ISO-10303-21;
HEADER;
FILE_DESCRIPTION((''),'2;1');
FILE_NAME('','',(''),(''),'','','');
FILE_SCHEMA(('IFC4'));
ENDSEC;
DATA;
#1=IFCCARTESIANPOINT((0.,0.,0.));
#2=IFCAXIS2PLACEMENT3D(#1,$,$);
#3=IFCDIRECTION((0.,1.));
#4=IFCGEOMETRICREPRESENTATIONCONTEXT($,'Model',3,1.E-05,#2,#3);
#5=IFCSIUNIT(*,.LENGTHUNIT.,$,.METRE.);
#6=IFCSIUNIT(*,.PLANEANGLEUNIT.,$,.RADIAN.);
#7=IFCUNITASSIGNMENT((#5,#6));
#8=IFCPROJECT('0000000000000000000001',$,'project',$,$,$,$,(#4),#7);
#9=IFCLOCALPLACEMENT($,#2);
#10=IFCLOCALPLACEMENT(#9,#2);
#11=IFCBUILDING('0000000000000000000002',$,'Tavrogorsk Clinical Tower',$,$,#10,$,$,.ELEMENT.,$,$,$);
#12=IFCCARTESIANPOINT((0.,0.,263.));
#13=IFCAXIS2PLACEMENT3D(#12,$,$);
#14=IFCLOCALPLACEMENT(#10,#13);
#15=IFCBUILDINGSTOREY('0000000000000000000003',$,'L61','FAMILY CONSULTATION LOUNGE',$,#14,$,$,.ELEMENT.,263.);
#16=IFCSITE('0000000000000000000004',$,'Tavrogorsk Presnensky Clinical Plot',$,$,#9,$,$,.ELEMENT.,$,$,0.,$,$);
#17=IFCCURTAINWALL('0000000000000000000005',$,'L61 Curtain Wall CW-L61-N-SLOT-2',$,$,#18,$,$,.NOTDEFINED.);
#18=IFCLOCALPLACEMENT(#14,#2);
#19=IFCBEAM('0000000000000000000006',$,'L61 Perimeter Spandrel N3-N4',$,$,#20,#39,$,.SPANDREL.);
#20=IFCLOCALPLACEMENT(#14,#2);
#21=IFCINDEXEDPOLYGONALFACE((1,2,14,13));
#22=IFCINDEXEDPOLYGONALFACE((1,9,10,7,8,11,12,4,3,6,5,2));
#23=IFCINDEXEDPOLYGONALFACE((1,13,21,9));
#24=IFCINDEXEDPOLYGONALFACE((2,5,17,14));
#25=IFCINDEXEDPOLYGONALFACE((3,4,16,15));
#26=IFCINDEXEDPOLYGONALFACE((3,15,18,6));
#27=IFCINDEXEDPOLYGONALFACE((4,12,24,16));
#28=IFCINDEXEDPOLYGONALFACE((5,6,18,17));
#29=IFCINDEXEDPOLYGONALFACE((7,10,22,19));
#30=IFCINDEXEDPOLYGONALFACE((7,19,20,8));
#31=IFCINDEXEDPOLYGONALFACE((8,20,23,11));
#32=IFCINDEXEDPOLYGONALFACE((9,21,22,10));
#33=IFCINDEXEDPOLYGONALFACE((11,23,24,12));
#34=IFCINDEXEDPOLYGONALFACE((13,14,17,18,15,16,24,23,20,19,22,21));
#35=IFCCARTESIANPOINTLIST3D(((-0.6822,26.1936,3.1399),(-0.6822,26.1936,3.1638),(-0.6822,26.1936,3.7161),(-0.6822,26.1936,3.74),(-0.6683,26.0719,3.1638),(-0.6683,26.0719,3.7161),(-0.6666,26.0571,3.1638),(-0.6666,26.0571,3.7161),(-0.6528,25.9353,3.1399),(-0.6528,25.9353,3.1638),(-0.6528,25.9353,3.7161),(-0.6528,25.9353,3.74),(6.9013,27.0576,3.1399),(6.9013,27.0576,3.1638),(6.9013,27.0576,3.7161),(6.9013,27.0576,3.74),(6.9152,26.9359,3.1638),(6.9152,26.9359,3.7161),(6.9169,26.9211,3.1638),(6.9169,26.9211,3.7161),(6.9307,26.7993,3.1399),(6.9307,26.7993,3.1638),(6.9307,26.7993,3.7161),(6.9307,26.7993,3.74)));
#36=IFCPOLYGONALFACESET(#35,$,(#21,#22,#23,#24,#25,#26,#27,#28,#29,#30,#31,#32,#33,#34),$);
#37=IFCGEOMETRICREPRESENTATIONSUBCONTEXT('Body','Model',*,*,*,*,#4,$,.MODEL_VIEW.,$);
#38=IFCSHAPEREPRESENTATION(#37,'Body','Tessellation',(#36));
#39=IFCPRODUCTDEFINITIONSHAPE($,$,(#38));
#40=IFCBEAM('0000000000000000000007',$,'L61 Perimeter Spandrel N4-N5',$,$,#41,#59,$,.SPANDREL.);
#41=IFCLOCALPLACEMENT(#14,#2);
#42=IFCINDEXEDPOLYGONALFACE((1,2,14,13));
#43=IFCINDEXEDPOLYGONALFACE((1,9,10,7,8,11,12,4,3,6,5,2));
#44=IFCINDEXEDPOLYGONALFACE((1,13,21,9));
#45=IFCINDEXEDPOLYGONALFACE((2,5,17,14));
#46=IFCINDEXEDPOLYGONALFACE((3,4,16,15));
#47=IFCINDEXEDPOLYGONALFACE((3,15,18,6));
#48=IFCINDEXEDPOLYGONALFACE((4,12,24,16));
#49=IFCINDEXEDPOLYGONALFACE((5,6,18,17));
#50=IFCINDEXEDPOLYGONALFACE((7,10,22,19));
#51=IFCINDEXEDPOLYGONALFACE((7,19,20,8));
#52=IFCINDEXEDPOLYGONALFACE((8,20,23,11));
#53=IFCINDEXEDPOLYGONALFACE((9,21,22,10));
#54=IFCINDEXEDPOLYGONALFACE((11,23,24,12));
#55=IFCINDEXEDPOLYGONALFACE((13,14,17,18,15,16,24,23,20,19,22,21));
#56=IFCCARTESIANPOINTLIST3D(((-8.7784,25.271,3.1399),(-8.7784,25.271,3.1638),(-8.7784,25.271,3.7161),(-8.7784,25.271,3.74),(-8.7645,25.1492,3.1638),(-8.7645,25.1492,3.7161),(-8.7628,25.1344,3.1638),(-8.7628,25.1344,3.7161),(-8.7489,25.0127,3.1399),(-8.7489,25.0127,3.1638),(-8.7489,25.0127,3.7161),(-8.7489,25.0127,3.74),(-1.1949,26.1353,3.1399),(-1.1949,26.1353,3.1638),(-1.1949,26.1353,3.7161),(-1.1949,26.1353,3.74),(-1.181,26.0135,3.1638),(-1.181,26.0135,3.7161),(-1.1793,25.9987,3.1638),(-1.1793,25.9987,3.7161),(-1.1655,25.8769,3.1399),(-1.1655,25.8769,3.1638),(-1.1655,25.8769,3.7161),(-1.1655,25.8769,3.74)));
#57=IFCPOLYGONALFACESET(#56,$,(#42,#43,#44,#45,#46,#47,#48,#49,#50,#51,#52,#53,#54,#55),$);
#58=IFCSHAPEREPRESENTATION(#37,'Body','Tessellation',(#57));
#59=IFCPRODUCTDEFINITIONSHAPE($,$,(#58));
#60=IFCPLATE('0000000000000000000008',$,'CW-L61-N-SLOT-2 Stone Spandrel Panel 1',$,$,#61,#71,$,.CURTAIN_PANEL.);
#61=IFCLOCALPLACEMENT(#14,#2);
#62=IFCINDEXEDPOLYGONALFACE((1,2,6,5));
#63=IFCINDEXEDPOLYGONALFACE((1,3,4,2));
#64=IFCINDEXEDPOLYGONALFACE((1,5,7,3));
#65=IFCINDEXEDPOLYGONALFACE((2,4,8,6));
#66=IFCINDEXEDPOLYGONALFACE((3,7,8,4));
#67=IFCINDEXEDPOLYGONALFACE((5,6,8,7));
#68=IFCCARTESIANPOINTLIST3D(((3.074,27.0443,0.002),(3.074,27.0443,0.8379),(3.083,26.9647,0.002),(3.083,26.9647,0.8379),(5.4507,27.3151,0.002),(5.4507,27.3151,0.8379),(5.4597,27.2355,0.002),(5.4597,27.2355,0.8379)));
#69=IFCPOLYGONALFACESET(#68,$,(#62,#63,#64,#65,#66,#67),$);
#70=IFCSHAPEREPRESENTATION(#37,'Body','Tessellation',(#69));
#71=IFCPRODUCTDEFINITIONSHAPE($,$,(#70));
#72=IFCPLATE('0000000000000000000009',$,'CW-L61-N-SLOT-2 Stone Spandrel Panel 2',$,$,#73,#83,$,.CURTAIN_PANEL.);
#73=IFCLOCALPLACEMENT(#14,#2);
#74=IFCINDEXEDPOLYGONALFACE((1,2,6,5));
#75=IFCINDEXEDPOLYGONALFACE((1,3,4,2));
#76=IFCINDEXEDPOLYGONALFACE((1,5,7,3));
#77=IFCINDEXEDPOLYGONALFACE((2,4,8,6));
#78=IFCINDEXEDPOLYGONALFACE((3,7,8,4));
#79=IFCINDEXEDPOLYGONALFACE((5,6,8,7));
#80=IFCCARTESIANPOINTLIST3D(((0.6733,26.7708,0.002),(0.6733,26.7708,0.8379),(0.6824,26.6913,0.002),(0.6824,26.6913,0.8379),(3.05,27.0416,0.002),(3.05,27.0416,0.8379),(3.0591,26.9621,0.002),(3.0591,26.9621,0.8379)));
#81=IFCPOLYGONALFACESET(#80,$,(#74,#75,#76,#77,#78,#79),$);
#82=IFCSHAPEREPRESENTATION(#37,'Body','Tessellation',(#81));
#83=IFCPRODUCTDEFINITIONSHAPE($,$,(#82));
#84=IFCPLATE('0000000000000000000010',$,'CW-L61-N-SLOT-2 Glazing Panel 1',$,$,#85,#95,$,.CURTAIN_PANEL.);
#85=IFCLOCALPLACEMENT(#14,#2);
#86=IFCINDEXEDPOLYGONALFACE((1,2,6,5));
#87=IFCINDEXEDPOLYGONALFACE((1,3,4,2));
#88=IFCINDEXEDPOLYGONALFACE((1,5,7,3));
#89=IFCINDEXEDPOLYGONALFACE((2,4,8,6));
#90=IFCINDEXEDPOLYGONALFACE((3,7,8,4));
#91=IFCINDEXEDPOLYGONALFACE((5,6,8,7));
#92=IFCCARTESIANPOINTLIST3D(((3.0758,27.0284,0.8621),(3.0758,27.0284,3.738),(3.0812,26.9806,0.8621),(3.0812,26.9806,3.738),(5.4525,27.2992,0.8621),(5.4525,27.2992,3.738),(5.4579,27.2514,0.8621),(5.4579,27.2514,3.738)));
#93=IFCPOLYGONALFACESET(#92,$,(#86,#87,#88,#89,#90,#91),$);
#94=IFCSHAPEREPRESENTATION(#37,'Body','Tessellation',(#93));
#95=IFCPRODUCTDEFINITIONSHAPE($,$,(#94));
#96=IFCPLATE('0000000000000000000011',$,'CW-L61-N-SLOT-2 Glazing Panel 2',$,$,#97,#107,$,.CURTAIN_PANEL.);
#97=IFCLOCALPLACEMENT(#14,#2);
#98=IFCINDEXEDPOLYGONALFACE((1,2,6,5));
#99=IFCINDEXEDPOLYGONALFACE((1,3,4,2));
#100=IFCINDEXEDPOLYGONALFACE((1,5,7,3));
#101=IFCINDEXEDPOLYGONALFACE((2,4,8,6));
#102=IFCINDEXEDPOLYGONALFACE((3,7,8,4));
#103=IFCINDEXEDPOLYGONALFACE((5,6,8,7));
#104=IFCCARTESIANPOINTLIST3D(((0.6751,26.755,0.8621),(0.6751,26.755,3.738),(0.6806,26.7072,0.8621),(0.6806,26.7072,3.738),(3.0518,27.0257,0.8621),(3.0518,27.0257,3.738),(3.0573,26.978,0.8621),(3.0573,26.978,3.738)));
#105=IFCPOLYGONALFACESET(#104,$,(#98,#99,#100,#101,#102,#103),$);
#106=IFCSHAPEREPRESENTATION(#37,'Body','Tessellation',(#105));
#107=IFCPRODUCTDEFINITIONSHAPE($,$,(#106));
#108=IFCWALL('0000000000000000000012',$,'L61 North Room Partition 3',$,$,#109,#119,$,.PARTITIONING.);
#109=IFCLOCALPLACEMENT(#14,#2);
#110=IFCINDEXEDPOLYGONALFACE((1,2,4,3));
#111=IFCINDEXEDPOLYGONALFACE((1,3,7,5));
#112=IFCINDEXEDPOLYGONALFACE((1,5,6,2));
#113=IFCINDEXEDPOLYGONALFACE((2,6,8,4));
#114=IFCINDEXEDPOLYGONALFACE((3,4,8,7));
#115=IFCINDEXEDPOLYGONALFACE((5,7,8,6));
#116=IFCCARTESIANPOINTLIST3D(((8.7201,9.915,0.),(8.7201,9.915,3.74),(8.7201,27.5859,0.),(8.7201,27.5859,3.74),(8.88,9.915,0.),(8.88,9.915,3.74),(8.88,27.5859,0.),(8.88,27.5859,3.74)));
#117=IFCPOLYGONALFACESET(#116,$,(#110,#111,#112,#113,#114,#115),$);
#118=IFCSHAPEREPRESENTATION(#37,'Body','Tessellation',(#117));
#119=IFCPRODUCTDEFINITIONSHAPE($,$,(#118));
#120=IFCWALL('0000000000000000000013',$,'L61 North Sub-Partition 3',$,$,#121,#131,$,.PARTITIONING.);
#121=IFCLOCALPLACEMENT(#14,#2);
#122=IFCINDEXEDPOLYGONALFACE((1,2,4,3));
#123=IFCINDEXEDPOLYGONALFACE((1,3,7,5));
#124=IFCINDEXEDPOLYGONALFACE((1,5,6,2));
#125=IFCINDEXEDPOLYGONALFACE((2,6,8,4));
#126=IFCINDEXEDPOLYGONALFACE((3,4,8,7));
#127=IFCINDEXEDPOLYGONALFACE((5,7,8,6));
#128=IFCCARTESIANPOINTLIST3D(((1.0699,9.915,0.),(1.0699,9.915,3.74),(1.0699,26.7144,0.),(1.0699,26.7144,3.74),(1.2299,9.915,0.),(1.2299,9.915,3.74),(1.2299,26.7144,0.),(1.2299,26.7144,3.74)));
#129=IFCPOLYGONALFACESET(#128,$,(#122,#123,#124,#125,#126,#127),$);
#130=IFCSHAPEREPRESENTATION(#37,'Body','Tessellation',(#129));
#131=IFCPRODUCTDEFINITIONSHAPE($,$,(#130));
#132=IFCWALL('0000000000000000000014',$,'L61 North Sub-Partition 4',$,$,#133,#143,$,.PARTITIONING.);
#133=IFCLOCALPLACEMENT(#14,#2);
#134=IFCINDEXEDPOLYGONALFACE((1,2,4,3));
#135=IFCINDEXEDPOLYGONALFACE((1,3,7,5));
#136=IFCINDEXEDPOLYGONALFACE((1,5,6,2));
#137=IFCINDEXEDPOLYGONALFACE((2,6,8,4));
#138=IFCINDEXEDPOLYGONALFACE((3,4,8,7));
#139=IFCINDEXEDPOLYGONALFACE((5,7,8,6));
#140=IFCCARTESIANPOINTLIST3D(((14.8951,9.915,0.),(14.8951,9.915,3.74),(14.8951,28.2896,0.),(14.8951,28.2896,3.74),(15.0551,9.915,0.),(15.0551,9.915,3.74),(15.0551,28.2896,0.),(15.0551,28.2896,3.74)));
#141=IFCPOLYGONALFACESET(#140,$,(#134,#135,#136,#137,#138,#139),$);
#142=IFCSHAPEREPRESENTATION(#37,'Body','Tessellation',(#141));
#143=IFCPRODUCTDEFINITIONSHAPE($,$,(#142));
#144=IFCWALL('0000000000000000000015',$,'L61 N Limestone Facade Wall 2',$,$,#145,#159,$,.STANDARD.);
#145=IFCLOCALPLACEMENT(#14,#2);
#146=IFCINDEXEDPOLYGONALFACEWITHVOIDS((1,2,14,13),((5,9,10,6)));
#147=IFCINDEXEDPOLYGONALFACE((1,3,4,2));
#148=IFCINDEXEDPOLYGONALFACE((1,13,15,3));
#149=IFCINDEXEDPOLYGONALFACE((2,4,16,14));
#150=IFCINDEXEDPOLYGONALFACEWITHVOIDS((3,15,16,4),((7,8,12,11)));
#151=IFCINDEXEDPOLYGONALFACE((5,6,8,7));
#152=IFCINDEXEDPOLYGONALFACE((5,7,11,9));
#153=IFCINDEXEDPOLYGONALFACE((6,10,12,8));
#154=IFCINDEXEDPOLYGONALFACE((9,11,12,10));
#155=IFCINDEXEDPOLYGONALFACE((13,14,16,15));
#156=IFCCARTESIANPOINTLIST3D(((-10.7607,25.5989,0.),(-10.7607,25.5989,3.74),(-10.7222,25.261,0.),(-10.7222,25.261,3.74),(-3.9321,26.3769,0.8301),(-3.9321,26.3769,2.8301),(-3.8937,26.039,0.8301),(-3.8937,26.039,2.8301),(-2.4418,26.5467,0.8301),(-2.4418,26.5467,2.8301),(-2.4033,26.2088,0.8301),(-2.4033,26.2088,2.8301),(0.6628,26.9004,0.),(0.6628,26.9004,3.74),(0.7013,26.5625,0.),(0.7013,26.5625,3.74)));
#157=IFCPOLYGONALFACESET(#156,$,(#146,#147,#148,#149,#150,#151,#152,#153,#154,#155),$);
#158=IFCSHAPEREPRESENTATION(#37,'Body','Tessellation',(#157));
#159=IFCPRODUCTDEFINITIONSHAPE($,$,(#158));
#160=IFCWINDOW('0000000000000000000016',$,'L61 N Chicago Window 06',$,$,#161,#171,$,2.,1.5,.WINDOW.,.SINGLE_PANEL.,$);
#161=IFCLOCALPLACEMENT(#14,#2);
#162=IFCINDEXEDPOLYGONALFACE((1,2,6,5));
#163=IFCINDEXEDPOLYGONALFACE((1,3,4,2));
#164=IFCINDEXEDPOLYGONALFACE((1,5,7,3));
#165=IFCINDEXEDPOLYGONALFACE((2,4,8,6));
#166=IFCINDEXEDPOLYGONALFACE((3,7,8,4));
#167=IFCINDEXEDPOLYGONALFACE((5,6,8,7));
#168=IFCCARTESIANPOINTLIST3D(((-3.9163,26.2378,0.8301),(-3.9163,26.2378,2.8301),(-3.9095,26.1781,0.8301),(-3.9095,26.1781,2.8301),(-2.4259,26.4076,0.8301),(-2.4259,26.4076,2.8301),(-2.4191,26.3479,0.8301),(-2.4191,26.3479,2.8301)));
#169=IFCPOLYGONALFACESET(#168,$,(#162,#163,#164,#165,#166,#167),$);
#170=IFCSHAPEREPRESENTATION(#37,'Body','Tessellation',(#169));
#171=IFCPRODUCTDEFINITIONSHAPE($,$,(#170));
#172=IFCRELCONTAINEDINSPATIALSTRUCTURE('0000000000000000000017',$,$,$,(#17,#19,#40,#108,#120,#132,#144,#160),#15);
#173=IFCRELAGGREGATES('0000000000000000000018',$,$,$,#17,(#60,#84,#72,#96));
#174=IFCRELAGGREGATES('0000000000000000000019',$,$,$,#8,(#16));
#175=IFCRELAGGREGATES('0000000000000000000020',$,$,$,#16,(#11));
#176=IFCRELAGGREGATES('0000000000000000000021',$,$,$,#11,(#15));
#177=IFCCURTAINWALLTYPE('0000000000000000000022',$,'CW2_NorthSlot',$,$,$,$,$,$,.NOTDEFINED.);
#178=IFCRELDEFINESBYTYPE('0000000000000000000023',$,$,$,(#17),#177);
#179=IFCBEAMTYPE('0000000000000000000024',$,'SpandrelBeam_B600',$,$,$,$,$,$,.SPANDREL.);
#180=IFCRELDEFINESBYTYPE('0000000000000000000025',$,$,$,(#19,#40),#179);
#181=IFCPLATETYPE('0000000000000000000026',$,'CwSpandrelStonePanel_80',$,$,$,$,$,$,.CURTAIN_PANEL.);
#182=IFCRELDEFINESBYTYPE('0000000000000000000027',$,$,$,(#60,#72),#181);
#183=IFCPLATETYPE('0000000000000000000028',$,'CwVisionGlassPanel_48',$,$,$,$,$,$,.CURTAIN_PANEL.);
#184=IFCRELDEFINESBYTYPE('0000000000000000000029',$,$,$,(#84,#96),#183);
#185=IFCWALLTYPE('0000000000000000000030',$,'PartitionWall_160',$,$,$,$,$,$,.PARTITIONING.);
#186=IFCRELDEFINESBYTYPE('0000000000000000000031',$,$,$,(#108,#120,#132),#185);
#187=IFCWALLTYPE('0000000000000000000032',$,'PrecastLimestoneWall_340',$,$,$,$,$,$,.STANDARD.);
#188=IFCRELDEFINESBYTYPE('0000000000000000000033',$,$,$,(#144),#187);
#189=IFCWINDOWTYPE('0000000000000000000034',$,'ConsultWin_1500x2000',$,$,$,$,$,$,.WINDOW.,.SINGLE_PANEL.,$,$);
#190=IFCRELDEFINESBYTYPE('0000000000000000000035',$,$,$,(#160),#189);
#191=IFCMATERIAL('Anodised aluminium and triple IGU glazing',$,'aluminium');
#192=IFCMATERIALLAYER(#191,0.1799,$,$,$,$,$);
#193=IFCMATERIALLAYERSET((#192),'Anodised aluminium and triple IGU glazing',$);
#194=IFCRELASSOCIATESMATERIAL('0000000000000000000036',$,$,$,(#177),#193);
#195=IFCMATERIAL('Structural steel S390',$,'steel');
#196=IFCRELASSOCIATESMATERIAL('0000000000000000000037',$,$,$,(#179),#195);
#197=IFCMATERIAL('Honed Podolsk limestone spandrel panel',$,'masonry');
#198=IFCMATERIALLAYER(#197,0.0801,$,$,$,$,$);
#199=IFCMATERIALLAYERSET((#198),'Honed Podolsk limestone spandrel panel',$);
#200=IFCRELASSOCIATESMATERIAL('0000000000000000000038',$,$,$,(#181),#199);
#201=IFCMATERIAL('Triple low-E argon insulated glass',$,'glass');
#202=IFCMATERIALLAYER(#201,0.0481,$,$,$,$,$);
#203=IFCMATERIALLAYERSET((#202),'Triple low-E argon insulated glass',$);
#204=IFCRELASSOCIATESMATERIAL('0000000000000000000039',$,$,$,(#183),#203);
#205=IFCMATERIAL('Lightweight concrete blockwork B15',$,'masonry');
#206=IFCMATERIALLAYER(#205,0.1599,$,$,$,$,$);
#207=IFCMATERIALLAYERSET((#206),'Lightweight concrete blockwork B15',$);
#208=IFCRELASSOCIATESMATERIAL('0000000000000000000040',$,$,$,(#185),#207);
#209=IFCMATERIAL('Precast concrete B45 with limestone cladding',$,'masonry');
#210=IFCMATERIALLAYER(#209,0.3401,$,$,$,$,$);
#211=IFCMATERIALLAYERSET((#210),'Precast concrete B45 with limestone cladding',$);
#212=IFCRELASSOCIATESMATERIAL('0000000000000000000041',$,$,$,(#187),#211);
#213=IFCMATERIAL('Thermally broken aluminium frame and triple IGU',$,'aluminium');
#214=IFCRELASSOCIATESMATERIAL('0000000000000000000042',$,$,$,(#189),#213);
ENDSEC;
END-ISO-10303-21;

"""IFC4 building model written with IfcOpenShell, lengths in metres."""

from ifc_helpers import new_model, si_unit, direction, frame, frame_2d, origin, origin_2d, place, context, subcontext, project, spatial, rectangle, i_section, extrude, material, layer, layer_set, material_profile, profile_set, type_object, element, fill, aggregate, save


model = new_model("IFC4")

# Units and contexts
model_context = context("Model", 3, precision=1e-05, world=origin(), true_north=direction((0.0, 1.0)))
body_context = subcontext(model_context, "Body", "Model", "MODEL_VIEW")
ifc_project = project(units=[si_unit("LENGTHUNIT", "METRE"), si_unit("PLANEANGLEUNIT", "RADIAN")], contexts=[model_context])

# Site, building, storey
site_placement = place(None, origin())
site = spatial("IfcSite", under=ifc_project, at=site_placement, Name="Tavrogorsk Presnensky Clinical Plot", CompositionType="ELEMENT", RefElevation=0.0)
building_placement = place(site_placement, origin())
building = spatial("IfcBuilding", under=site, at=building_placement, Name="Tavrogorsk Clinical Tower", CompositionType="ELEMENT")
storey_placement = place(building_placement, frame((0.0, 0.0, 263.0)))
storey = spatial("IfcBuildingStorey", under=building, at=storey_placement, Name="L61", Description="FAMILY CONSULTATION LOUNGE", CompositionType="ELEMENT", Elevation=263.0)

# Curtain wall
ifc_material_1 = material(Name="Anodised aluminium and triple IGU glazing", Category="aluminium")
ifc_layer_1 = layer(ifc_material_1, 0.1799)
ifc_layer_set_1 = layer_set([ifc_layer_1], Name="Anodised aluminium and triple IGU glazing")
curtain_wall_type = type_object("IfcCurtainWallType", Name="CW2_NorthSlot", PredefinedType="NOTDEFINED", material=ifc_layer_set_1)
curtain_wall_placement = place(storey_placement, origin())
curtain_wall = element("IfcCurtainWall", 1, at=curtain_wall_placement, inside=storey, type_object=curtain_wall_type, Name="L61 Curtain Wall CW-L61-N-SLOT-2", PredefinedType="NOTDEFINED")

# Beams
ifc_material_2 = material(Name="Structural steel S390", Category="steel")
ifc_material_profile_1 = material_profile(ifc_material_2, i_section(OverallWidth=0.26, OverallDepth=0.6001, WebThickness=0.0149, FlangeThickness=0.0239, at=origin_2d()), Name="B-600x260x15x24")
ifc_profile_set_1 = profile_set([ifc_material_profile_1], Name="Structural steel S390")
beam_type = type_object("IfcBeamType", Name="SpandrelBeam_B600", PredefinedType="SPANDREL", material=ifc_profile_set_1)
for number, where, z_axis, x_axis, name in (
    (2, (6.916, 26.9285, 3.4399), (-0.993572, -0.113201, 0.0), (0.113201, -0.993572, 0.0), "L61 Perimeter Spandrel N3-N4"),
    (3, (-1.1802, 26.0061, 3.4399), (-0.993569, -0.113233, 0.0), (0.113233, -0.993569, 0.0), "L61 Perimeter Spandrel N4-N5"),
):
    element("IfcBeam", number, at=place(storey_placement, frame(where, z_axis=z_axis, x_axis=x_axis)), inside=storey, type_object=beam_type, Name=name, PredefinedType="SPANDREL", context=body_context, shape_type="SweptSolid", body=[
        extrude(i_section(OverallWidth=0.26, OverallDepth=0.6001, WebThickness=0.0149, FlangeThickness=0.0239, at=origin_2d()), origin(), (0.0, 0.0, 1.0), 7.6326),
    ])

# Plates
ifc_material_3 = material(Name="Honed Podolsk limestone spandrel panel", Category="masonry")
ifc_layer_2 = layer(ifc_material_3, 0.0801)
ifc_layer_set_2 = layer_set([ifc_layer_2], Name="Honed Podolsk limestone spandrel panel")
plate_type_1 = type_object("IfcPlateType", Name="CwSpandrelStonePanel_80", PredefinedType="CURTAIN_PANEL", material=ifc_layer_set_2)
plate_1_placement = place(storey_placement, frame((4.2668, 27.1399, 0.002), z_axis=(0.0, 0.0, 1.0), x_axis=(-0.993572, -0.113203, 0.0)))
plate_1 = element("IfcPlate", 4, at=plate_1_placement, type_object=plate_type_1, Name="CW-L61-N-SLOT-2 Stone Spandrel Panel 1", PredefinedType="CURTAIN_PANEL", context=body_context, shape_type="SweptSolid", body=[
    extrude(rectangle(XDim=2.3921, YDim=0.0801, at=origin_2d()), origin(), (0.0, 0.0, 1.0), 0.8359),
])
plate_2_placement = place(storey_placement, frame((1.8662, 26.8665, 0.002), z_axis=(0.0, 0.0, 1.0), x_axis=(-0.993572, -0.113203, 0.0)))
plate_2 = element("IfcPlate", 5, at=plate_2_placement, type_object=plate_type_1, Name="CW-L61-N-SLOT-2 Stone Spandrel Panel 2", PredefinedType="CURTAIN_PANEL", context=body_context, shape_type="SweptSolid", body=[
    extrude(rectangle(XDim=2.3921, YDim=0.0801, at=origin_2d()), origin(), (0.0, 0.0, 1.0), 0.8359),
])
ifc_material_4 = material(Name="Triple low-E argon insulated glass", Category="glass")
ifc_layer_3 = layer(ifc_material_4, 0.0481)
ifc_layer_set_3 = layer_set([ifc_layer_3], Name="Triple low-E argon insulated glass")
plate_type_2 = type_object("IfcPlateType", Name="CwVisionGlassPanel_48", PredefinedType="CURTAIN_PANEL", material=ifc_layer_set_3)
plate_3_placement = place(storey_placement, frame((4.2668, 27.1399, 0.8621), z_axis=(0.0, 0.0, 1.0), x_axis=(-0.993572, -0.113203, 0.0)))
plate_3 = element("IfcPlate", 6, at=plate_3_placement, type_object=plate_type_2, Name="CW-L61-N-SLOT-2 Glazing Panel 1", PredefinedType="CURTAIN_PANEL", context=body_context, shape_type="SweptSolid", body=[
    extrude(rectangle(XDim=2.3921, YDim=0.0481, at=origin_2d()), origin(), (0.0, 0.0, 1.0), 2.876),
])
plate_4_placement = place(storey_placement, frame((1.8662, 26.8665, 0.8621), z_axis=(0.0, 0.0, 1.0), x_axis=(-0.993572, -0.113203, 0.0)))
plate_4 = element("IfcPlate", 7, at=plate_4_placement, type_object=plate_type_2, Name="CW-L61-N-SLOT-2 Glazing Panel 2", PredefinedType="CURTAIN_PANEL", context=body_context, shape_type="SweptSolid", body=[
    extrude(rectangle(XDim=2.3921, YDim=0.0481, at=origin_2d()), origin(), (0.0, 0.0, 1.0), 2.876),
])
aggregate(curtain_wall, [plate_1, plate_3, plate_2, plate_4])

# Walls
ifc_material_5 = material(Name="Lightweight concrete blockwork B15", Category="masonry")
ifc_layer_4 = layer(ifc_material_5, 0.1599)
ifc_layer_set_4 = layer_set([ifc_layer_4], Name="Lightweight concrete blockwork B15")
wall_type_1 = type_object("IfcWallType", Name="PartitionWall_160", PredefinedType="PARTITIONING", material=ifc_layer_set_4)
wall_1_placement = place(storey_placement, frame((8.8, 9.915, 0.0), z_axis=(0.0, 0.0, 1.0), x_axis=(0.0, 1.0, 0.0)))
element("IfcWall", 8, at=wall_1_placement, inside=storey, type_object=wall_type_1, Name="L61 North Room Partition 3", PredefinedType="PARTITIONING", context=body_context, shape_type="SweptSolid", body=[
    extrude(rectangle(XDim=17.6709, YDim=0.1599, at=frame_2d((8.8354, 0.0))), origin(), (0.0, 0.0, 1.0), 3.74),
])
wall_2_placement = place(storey_placement, frame((1.1499, 9.915, 0.0), z_axis=(0.0, 0.0, 1.0), x_axis=(0.0, 1.0, 0.0)))
element("IfcWall", 9, at=wall_2_placement, inside=storey, type_object=wall_type_1, Name="L61 North Sub-Partition 3", PredefinedType="PARTITIONING", context=body_context, shape_type="SweptSolid", body=[
    extrude(rectangle(XDim=16.7993, YDim=0.1599, at=frame_2d((8.3997, 0.0))), origin(), (0.0, 0.0, 1.0), 3.74),
])
wall_3_placement = place(storey_placement, frame((14.9751, 9.915, 0.0), z_axis=(0.0, 0.0, 1.0), x_axis=(0.0, 1.0, 0.0)))
element("IfcWall", 10, at=wall_3_placement, inside=storey, type_object=wall_type_1, Name="L61 North Sub-Partition 4", PredefinedType="PARTITIONING", context=body_context, shape_type="SweptSolid", body=[
    extrude(rectangle(XDim=18.3745, YDim=0.1599, at=frame_2d((9.1873, 0.0))), origin(), (0.0, 0.0, 1.0), 3.74),
])

# Wall, opening, window
ifc_material_6 = material(Name="Precast concrete B45 with limestone cladding", Category="masonry")
ifc_layer_5 = layer(ifc_material_6, 0.3401)
ifc_layer_set_5 = layer_set([ifc_layer_5], Name="Precast concrete B45 with limestone cladding")
wall_type_2 = type_object("IfcWallType", Name="PrecastLimestoneWall_340", PredefinedType="STANDARD", material=ifc_layer_set_5)
wall_4_placement = place(storey_placement, frame((0.6819, 26.7314, 0.0), z_axis=(0.0, 0.0, 1.0), x_axis=(-0.993572, -0.113202, 0.0)))
wall_4 = element("IfcWall", 11, at=wall_4_placement, inside=storey, type_object=wall_type_2, Name="L61 N Limestone Facade Wall 2", PredefinedType="STANDARD", context=body_context, shape_type="SweptSolid", body=[
    extrude(rectangle(XDim=11.4973, YDim=0.3401, at=frame_2d((5.7485, 0.0))), origin(), (0.0, 0.0, 1.0), 3.74),
])
opening_placement = place(wall_4_placement, frame((3.1245, 0.0, 0.8301)))
opening = element("IfcOpeningElement", 12, at=opening_placement, cuts=wall_4, PredefinedType="OPENING", context=body_context, shape_type="SweptSolid", body=[
    extrude(rectangle(XDim=1.5, YDim=2.0, at=frame_2d((0.75, 1.0))), frame((0.0, 0.1799, 0.0), z_axis=(0.0, -1.0, 0.0), x_axis=(1.0, 0.0, 0.0)), (0.0, 0.0, 1.0), 0.3601),
])
ifc_material_7 = material(Name="Thermally broken aluminium frame and triple IGU", Category="aluminium")
window_type = type_object("IfcWindowType", Name="ConsultWin_1500x2000", PartitioningType="SINGLE_PANEL", PredefinedType="WINDOW", material=ifc_material_7)
window_placement = place(opening_placement, origin())
window = element("IfcWindow", 13, at=window_placement, inside=storey, type_object=window_type, Name="L61 N Chicago Window 06", OverallHeight=2.0, OverallWidth=1.5, PartitioningType="SINGLE_PANEL", PredefinedType="WINDOW", context=body_context, shape_type="SweptSolid", body=[
    extrude(rectangle(XDim=1.5, YDim=2.0, at=frame_2d((0.75, 1.0))), frame((0.0, 0.03, 0.0), z_axis=(0.0, -1.0, 0.0), x_axis=(1.0, 0.0, 0.0)), (0.0, 0.0, 1.0), 0.0601),
])
fill(opening, window)

save(model, "model.ifc")
